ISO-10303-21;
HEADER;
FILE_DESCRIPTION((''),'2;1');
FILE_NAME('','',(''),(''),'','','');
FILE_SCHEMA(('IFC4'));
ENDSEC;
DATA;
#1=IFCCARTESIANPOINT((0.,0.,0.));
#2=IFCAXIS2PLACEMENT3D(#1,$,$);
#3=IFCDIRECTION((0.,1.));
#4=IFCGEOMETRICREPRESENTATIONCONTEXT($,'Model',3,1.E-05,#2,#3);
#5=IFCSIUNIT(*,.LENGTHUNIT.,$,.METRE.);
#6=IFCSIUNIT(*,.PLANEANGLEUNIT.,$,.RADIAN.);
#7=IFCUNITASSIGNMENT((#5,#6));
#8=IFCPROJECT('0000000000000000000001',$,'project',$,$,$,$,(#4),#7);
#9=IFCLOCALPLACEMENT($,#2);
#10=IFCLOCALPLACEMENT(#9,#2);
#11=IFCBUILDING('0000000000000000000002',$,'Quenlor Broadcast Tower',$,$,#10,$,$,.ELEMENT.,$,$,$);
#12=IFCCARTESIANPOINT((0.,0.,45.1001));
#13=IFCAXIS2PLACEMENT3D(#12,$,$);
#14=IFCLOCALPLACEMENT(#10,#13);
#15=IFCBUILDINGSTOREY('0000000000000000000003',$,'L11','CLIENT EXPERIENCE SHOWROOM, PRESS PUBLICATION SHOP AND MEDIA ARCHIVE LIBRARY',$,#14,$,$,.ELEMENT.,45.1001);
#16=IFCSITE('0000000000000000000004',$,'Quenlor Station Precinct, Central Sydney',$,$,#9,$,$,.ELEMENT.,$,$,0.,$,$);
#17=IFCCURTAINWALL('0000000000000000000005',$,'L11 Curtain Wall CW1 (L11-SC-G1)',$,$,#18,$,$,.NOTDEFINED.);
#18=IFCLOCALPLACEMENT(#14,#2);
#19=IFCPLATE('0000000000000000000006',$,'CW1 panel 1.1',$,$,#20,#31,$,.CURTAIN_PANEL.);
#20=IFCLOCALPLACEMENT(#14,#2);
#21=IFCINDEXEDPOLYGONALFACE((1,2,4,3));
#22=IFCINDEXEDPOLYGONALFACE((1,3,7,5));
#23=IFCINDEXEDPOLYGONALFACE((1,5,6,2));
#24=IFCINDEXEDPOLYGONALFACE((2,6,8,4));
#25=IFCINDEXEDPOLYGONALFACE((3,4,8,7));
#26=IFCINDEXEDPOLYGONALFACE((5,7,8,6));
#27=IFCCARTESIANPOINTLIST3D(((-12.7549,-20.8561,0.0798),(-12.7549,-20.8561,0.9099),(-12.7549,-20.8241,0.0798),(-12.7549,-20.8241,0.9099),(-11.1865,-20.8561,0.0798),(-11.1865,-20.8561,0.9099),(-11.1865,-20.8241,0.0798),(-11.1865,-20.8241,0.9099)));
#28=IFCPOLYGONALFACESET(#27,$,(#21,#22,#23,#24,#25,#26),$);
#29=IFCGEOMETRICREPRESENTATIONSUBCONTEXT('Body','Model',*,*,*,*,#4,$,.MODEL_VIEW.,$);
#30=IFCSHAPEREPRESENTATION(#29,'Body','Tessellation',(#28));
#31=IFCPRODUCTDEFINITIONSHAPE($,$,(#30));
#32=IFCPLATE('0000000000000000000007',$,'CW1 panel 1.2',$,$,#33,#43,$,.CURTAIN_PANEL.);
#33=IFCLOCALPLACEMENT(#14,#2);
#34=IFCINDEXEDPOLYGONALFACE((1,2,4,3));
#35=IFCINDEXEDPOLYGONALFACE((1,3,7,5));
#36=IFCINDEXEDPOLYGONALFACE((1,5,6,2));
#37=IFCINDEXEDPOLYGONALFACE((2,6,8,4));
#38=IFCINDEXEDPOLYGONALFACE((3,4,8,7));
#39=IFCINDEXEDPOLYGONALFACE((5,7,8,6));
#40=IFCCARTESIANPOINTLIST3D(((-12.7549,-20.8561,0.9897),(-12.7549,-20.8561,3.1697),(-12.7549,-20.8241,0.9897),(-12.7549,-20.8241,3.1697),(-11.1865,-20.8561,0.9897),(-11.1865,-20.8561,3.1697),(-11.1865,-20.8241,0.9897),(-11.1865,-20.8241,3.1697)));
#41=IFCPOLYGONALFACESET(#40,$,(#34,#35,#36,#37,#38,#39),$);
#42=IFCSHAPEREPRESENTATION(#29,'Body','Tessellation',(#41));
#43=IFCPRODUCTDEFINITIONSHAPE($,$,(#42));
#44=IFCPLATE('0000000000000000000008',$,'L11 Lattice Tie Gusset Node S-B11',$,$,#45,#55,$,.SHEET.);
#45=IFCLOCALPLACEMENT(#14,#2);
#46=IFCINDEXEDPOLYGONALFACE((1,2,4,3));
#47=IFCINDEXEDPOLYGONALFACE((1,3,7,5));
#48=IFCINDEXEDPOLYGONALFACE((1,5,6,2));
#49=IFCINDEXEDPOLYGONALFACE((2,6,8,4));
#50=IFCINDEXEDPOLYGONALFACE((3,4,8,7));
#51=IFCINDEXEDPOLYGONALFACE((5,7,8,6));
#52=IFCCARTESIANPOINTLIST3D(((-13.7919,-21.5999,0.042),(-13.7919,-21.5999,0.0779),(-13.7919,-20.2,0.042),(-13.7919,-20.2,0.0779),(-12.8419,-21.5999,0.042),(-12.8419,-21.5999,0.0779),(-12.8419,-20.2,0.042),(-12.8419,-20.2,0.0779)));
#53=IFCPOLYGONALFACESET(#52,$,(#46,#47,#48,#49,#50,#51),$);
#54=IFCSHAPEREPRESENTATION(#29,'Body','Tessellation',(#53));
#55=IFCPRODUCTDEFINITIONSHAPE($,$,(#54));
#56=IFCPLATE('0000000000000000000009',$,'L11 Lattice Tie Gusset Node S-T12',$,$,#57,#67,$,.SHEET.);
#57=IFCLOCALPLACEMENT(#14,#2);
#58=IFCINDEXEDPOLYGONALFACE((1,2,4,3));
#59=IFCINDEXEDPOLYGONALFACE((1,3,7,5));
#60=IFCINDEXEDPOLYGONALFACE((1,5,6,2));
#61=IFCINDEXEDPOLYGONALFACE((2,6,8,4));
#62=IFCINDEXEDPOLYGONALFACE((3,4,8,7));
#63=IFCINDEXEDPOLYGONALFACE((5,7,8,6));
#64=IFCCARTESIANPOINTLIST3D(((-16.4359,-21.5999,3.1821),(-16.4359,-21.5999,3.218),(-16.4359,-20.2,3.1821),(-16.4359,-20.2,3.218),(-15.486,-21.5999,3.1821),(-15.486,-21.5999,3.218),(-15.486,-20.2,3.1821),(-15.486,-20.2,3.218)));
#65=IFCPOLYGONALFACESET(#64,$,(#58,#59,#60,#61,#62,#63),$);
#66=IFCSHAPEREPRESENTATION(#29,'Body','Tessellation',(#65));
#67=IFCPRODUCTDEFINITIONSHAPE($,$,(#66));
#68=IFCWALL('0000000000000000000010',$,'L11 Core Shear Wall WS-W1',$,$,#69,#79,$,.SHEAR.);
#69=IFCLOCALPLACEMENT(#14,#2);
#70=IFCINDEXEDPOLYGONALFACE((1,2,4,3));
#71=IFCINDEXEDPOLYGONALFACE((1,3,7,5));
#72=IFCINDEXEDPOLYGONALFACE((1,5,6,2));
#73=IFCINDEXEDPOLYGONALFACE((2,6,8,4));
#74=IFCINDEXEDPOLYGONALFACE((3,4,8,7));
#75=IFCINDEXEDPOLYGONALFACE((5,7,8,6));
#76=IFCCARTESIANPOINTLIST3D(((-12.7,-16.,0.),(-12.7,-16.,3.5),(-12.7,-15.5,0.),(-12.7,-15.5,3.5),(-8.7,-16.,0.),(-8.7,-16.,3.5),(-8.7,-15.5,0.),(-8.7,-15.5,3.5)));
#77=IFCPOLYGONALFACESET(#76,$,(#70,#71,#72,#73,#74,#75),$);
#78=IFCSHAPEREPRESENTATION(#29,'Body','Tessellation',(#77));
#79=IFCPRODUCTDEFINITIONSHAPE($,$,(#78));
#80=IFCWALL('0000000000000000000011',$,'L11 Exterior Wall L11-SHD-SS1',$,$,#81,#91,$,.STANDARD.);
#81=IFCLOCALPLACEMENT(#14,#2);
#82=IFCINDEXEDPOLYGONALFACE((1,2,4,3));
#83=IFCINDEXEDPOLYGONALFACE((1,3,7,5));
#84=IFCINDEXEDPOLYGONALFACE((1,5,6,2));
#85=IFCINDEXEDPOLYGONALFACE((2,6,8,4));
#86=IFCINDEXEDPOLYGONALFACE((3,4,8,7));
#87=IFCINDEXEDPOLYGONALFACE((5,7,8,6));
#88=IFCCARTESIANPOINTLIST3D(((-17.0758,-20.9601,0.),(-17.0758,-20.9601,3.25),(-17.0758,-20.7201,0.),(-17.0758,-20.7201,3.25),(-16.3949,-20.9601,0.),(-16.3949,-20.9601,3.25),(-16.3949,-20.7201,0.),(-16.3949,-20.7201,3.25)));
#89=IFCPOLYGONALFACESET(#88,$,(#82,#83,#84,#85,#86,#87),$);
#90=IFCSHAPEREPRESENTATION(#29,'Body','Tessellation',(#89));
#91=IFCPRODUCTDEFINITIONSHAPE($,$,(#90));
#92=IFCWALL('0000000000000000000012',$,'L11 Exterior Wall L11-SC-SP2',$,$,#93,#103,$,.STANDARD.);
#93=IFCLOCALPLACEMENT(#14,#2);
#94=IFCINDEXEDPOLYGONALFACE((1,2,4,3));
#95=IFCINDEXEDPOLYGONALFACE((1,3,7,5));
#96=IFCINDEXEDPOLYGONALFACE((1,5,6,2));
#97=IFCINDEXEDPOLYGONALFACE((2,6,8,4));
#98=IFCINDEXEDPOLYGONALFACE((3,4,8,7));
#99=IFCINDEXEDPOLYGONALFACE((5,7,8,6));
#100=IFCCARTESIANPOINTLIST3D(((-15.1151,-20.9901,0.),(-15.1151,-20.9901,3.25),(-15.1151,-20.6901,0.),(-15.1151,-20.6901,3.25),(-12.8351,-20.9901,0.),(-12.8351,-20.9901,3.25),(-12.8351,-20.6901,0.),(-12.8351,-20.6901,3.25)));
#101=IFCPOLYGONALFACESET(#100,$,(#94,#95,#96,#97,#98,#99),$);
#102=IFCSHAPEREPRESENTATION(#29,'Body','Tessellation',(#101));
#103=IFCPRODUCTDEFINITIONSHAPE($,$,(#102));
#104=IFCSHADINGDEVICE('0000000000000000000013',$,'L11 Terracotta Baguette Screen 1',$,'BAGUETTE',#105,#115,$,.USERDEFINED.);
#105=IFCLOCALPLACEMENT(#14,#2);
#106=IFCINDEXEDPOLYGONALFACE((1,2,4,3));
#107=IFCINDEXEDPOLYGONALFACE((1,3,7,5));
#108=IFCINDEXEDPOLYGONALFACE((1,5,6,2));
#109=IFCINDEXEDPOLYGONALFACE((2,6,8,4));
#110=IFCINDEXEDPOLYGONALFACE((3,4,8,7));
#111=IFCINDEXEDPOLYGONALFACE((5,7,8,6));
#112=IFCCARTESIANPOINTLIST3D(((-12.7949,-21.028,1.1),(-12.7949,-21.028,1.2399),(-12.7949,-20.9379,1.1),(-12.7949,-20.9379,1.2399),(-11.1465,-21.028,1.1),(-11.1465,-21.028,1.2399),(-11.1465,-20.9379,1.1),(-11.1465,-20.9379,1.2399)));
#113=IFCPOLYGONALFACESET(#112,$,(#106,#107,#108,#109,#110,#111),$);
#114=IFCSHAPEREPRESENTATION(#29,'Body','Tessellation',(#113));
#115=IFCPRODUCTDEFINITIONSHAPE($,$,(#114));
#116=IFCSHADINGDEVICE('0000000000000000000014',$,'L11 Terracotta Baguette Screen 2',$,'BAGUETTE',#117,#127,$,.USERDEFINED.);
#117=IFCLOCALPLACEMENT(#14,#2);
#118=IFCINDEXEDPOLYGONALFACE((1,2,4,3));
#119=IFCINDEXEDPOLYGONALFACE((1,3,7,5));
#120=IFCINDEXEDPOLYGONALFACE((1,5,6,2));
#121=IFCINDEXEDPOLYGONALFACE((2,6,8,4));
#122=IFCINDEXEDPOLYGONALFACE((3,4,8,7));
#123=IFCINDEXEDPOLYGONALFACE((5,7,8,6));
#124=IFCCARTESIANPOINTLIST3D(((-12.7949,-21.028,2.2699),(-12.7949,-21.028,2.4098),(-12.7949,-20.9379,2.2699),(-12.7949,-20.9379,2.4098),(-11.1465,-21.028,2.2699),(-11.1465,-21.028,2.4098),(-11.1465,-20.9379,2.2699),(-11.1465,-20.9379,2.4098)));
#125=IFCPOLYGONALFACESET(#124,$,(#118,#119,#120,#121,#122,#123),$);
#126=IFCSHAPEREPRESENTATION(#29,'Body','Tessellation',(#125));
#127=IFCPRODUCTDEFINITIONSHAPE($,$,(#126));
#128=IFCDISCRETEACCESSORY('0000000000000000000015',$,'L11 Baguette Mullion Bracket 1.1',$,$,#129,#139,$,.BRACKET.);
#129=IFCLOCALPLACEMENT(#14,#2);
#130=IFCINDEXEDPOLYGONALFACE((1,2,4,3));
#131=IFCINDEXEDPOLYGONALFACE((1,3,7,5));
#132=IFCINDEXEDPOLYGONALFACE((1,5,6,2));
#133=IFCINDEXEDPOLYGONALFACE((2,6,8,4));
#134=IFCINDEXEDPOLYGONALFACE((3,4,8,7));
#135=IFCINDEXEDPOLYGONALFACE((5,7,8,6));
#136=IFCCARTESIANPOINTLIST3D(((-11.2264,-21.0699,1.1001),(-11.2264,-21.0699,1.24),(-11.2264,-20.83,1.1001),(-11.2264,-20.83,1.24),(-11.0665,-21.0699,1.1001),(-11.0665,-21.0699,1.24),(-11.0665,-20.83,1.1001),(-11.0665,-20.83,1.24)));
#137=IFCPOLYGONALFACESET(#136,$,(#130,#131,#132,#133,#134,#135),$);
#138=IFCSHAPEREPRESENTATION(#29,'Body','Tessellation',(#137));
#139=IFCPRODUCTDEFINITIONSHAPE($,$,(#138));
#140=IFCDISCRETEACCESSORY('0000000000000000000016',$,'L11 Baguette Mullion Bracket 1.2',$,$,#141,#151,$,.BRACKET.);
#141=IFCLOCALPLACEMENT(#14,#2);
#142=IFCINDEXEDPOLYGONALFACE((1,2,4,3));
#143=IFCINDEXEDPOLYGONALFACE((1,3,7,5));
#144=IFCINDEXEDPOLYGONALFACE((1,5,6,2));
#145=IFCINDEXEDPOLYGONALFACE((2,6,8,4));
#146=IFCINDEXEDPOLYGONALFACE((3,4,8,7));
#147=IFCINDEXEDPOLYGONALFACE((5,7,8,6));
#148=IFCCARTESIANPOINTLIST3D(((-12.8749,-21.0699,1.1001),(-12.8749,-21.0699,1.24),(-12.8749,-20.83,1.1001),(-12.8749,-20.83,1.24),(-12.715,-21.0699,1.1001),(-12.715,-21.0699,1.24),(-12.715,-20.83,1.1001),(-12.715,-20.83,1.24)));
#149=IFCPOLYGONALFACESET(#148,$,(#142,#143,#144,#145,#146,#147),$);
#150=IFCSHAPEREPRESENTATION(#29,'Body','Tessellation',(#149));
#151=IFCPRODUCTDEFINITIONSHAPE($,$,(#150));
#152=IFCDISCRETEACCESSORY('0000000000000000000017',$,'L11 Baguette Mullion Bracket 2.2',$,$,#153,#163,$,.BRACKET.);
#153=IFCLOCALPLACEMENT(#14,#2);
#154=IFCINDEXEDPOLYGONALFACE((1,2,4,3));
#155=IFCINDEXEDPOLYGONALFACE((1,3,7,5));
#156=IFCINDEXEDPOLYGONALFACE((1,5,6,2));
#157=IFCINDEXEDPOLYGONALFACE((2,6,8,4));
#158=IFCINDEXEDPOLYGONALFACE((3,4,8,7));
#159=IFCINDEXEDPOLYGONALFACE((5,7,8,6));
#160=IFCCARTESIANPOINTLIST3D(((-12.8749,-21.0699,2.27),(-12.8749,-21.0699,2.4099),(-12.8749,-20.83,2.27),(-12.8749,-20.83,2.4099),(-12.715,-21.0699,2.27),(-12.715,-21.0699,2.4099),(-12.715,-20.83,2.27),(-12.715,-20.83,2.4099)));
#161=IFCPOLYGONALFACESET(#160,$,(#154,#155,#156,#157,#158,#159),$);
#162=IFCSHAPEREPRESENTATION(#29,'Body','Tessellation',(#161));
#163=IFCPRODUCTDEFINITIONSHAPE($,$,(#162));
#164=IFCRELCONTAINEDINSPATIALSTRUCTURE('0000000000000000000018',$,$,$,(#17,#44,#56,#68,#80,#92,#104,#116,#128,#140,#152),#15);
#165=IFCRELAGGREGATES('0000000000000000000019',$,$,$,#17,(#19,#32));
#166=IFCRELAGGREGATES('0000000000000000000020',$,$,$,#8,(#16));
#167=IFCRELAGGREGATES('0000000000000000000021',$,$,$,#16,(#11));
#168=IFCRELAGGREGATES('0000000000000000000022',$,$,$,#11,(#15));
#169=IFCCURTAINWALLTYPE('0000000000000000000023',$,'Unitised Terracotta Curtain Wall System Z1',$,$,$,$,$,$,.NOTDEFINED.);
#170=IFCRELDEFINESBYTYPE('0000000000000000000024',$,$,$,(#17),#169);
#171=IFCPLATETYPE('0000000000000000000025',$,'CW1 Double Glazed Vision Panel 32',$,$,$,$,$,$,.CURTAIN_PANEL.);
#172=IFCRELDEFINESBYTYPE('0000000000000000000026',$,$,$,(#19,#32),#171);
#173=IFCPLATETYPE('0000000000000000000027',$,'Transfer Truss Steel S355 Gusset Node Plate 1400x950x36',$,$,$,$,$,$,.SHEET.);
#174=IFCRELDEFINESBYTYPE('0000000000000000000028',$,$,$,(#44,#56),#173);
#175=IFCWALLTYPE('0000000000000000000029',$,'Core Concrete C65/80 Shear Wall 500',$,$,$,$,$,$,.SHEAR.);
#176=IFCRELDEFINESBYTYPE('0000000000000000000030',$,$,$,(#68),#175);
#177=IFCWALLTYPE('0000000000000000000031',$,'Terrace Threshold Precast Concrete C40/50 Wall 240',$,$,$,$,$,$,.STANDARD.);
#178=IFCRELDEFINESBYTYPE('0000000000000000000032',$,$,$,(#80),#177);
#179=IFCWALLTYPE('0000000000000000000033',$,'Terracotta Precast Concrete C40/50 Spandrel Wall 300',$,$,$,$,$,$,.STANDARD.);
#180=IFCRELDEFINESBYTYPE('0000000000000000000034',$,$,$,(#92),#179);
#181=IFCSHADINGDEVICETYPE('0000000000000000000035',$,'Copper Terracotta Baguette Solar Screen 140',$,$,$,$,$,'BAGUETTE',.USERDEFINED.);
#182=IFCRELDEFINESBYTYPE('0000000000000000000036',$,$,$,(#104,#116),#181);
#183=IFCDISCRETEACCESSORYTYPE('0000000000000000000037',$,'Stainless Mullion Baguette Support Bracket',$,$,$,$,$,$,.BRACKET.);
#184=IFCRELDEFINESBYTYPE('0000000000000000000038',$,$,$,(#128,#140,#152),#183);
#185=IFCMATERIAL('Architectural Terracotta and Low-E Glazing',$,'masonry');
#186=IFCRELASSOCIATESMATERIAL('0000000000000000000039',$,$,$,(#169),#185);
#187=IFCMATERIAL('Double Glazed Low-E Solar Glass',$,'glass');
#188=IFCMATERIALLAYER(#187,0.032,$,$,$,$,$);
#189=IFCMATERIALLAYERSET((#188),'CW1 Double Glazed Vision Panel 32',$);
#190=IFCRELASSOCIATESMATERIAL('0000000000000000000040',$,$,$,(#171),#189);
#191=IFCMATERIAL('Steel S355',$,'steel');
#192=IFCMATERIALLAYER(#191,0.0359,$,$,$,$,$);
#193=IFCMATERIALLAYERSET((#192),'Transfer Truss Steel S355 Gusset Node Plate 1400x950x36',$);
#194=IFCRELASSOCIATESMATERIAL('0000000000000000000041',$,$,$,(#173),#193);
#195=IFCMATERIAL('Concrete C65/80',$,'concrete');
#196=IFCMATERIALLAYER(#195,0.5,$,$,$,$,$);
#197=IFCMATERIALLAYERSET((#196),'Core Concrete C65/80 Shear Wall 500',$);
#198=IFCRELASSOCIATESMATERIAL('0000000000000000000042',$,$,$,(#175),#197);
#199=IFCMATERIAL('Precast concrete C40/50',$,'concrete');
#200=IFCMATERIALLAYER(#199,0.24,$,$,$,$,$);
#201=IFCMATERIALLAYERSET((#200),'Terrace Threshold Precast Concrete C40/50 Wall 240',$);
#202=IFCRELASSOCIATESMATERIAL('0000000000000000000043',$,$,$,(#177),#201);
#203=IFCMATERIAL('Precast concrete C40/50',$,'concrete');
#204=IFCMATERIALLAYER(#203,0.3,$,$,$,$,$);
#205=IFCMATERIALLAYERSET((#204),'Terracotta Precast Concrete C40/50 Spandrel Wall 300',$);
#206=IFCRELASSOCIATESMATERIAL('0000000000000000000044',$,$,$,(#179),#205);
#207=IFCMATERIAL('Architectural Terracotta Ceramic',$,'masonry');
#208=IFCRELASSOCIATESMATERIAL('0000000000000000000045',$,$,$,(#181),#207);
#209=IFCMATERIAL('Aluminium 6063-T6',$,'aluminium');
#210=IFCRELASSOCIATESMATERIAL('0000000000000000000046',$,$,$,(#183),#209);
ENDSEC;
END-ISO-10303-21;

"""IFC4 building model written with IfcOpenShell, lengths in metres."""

from ifc_helpers import new_model, si_unit, direction, frame, frame_2d, origin, origin_2d, place, context, subcontext, project, spatial, rectangle, extrude, material, layer, layer_set, material_profile, profile_set, type_object, element, aggregate, save


model = new_model("IFC4")

# Units and contexts
model_context = context("Model", 3, precision=1e-05, world=origin(), true_north=direction((0.0, 1.0)))
body_context = subcontext(model_context, "Body", "Model", "MODEL_VIEW")
ifc_project = project(units=[si_unit("LENGTHUNIT", "METRE"), si_unit("PLANEANGLEUNIT", "RADIAN")], contexts=[model_context])

# Site, building, storey
site_placement = place(None, origin())
site = spatial("IfcSite", under=ifc_project, at=site_placement, Name="Quenlor Station Precinct, Central Sydney", CompositionType="ELEMENT", RefElevation=0.0)
building_placement = place(site_placement, origin())
building = spatial("IfcBuilding", under=site, at=building_placement, Name="Quenlor Broadcast Tower", CompositionType="ELEMENT")
storey_placement = place(building_placement, frame((0.0, 0.0, 45.1001)))
storey = spatial("IfcBuildingStorey", under=building, at=storey_placement, Name="L11", Description="CLIENT EXPERIENCE SHOWROOM, PRESS PUBLICATION SHOP AND MEDIA ARCHIVE LIBRARY", CompositionType="ELEMENT", Elevation=45.1001)

# Curtain wall
ifc_material_1 = material(Name="Architectural Terracotta and Low-E Glazing", Category="masonry")
curtain_wall_type = type_object("IfcCurtainWallType", Name="Unitised Terracotta Curtain Wall System Z1", PredefinedType="NOTDEFINED", material=ifc_material_1)
curtain_wall_placement = place(storey_placement, origin())
curtain_wall = element("IfcCurtainWall", 1, at=curtain_wall_placement, inside=storey, type_object=curtain_wall_type, Name="L11 Curtain Wall CW1 (L11-SC-G1)", PredefinedType="NOTDEFINED")

# Plates
ifc_material_2 = material(Name="Double Glazed Low-E Solar Glass", Category="glass")
ifc_layer_1 = layer(ifc_material_2, 0.032)
ifc_layer_set_1 = layer_set([ifc_layer_1], Name="CW1 Double Glazed Vision Panel 32")
plate_type_1 = type_object("IfcPlateType", Name="CW1 Double Glazed Vision Panel 32", PredefinedType="CURTAIN_PANEL", material=ifc_layer_set_1)
plate_1_placement = place(storey_placement, frame((-11.9707, -20.8401, 0.0798), z_axis=(0.0, 0.0, 1.0), x_axis=(-1.0, 0.0, 0.0)))
plate_1 = element("IfcPlate", 2, at=plate_1_placement, type_object=plate_type_1, Name="CW1 panel 1.1", PredefinedType="CURTAIN_PANEL", context=body_context, shape_type="SweptSolid", body=[
    extrude(rectangle(XDim=1.5684, YDim=0.032, at=origin_2d()), origin(), (0.0, 0.0, 1.0), 0.8301),
])
plate_2_placement = place(storey_placement, frame((-11.9707, -20.8401, 0.9897), z_axis=(0.0, 0.0, 1.0), x_axis=(-1.0, 0.0, 0.0)))
plate_2 = element("IfcPlate", 3, at=plate_2_placement, type_object=plate_type_1, Name="CW1 panel 1.2", PredefinedType="CURTAIN_PANEL", context=body_context, shape_type="SweptSolid", body=[
    extrude(rectangle(XDim=1.5684, YDim=0.032, at=origin_2d()), origin(), (0.0, 0.0, 1.0), 2.1799),
])
aggregate(curtain_wall, [plate_1, plate_2])

# Plates
ifc_material_3 = material(Name="Steel S355", Category="steel")
ifc_layer_2 = layer(ifc_material_3, 0.0359)
ifc_layer_set_2 = layer_set([ifc_layer_2], Name="Transfer Truss Steel S355 Gusset Node Plate 1400x950x36")
plate_type_2 = type_object("IfcPlateType", Name="Transfer Truss Steel S355 Gusset Node Plate 1400x950x36", PredefinedType="SHEET", material=ifc_layer_set_2)
for number, where, z_axis, x_axis, name in (
    (4, (-13.3169, -20.8999, 0.042), (0.0, 0.0, 1.0), (0.0, -1.0, 0.0), "L11 Lattice Tie Gusset Node S-B11"),
    (5, (-15.9609, -20.8999, 3.1821), (0.0, 0.0, 1.0), (0.0, -1.0, 0.0), "L11 Lattice Tie Gusset Node S-T12"),
):
    element("IfcPlate", number, at=place(storey_placement, frame(where, z_axis=z_axis, x_axis=x_axis)), inside=storey, type_object=plate_type_2, Name=name, PredefinedType="SHEET", context=body_context, shape_type="SweptSolid", body=[
        extrude(rectangle(XDim=1.3999, YDim=0.95, at=origin_2d()), origin(), (0.0, 0.0, 1.0), 0.0359),
    ])

# Walls
ifc_material_4 = material(Name="Concrete C65/80", Category="concrete")
ifc_layer_3 = layer(ifc_material_4, 0.5)
ifc_layer_set_3 = layer_set([ifc_layer_3], Name="Core Concrete C65/80 Shear Wall 500")
wall_type_1 = type_object("IfcWallType", Name="Core Concrete C65/80 Shear Wall 500", PredefinedType="SHEAR", material=ifc_layer_set_3)
wall_1_placement = place(storey_placement, frame((-12.7, -15.75, 0.0), z_axis=(0.0, 0.0, 1.0), x_axis=(1.0, 0.0, 0.0)))
element("IfcWall", 6, at=wall_1_placement, inside=storey, type_object=wall_type_1, Name="L11 Core Shear Wall WS-W1", PredefinedType="SHEAR", context=body_context, shape_type="SweptSolid", body=[
    extrude(rectangle(XDim=4.0, YDim=0.5, at=frame_2d((2.0, 0.0))), origin(), (0.0, 0.0, 1.0), 3.5),
])
ifc_material_5 = material(Name="Precast concrete C40/50", Category="concrete")
ifc_layer_4 = layer(ifc_material_5, 0.24)
ifc_layer_set_4 = layer_set([ifc_layer_4], Name="Terrace Threshold Precast Concrete C40/50 Wall 240")
wall_type_2 = type_object("IfcWallType", Name="Terrace Threshold Precast Concrete C40/50 Wall 240", PredefinedType="STANDARD", material=ifc_layer_set_4)
wall_2_placement = place(storey_placement, frame((-16.395, -20.8401, 0.0), z_axis=(0.0, 0.0, 1.0), x_axis=(-1.0, 0.0, 0.0)))
element("IfcWall", 7, at=wall_2_placement, inside=storey, type_object=wall_type_2, Name="L11 Exterior Wall L11-SHD-SS1", PredefinedType="STANDARD", context=body_context, shape_type="SweptSolid", body=[
    extrude(rectangle(XDim=0.6809, YDim=0.24, at=frame_2d((0.3403, 0.0))), origin(), (0.0, 0.0, 1.0), 3.25),
])
ifc_material_6 = material(Name="Precast concrete C40/50", Category="concrete")
ifc_layer_5 = layer(ifc_material_6, 0.3)
ifc_layer_set_5 = layer_set([ifc_layer_5], Name="Terracotta Precast Concrete C40/50 Spandrel Wall 300")
wall_type_3 = type_object("IfcWallType", Name="Terracotta Precast Concrete C40/50 Spandrel Wall 300", PredefinedType="STANDARD", material=ifc_layer_set_5)
wall_3_placement = place(storey_placement, frame((-12.835, -20.8401, 0.0), z_axis=(0.0, 0.0, 1.0), x_axis=(-1.0, 0.0, 0.0)))
element("IfcWall", 8, at=wall_3_placement, inside=storey, type_object=wall_type_3, Name="L11 Exterior Wall L11-SC-SP2", PredefinedType="STANDARD", context=body_context, shape_type="SweptSolid", body=[
    extrude(rectangle(XDim=2.28, YDim=0.3, at=frame_2d((1.1401, 0.0))), origin(), (0.0, 0.0, 1.0), 3.25),
])

# Shading devices
ifc_material_7 = material(Name="Architectural Terracotta Ceramic", Category="masonry")
ifc_material_profile_1 = material_profile(ifc_material_7, rectangle(XDim=0.0901, YDim=0.1399, at=origin_2d()))
ifc_profile_set_1 = profile_set([ifc_material_profile_1], Name="Architectural Terracotta Ceramic BAG90x140")
shading_device_type = type_object("IfcShadingDeviceType", Name="Copper Terracotta Baguette Solar Screen 140", ElementType="BAGUETTE", PredefinedType="USERDEFINED", material=ifc_profile_set_1)
for number, where, z_axis, x_axis, name in (
    (9, (-11.1465, -20.9829, 1.1699), (-1.0, 0.0, 0.0), (0.0, -1.0, 0.0), "L11 Terracotta Baguette Screen 1"),
    (10, (-11.1465, -20.9829, 2.3398), (-1.0, 0.0, 0.0), (0.0, -1.0, 0.0), "L11 Terracotta Baguette Screen 2"),
):
    element("IfcShadingDevice", number, at=place(storey_placement, frame(where, z_axis=z_axis, x_axis=x_axis)), inside=storey, type_object=shading_device_type, Name=name, ObjectType="BAGUETTE", PredefinedType="USERDEFINED", context=body_context, shape_type="SweptSolid", body=[
        extrude(rectangle(XDim=0.0901, YDim=0.1399, at=origin_2d()), origin(), (0.0, 0.0, 1.0), 1.6484),
    ])

# Discrete accessories
ifc_material_8 = material(Name="Aluminium 6063-T6", Category="aluminium")
discrete_accessory_type = type_object("IfcDiscreteAccessoryType", Name="Stainless Mullion Baguette Support Bracket", PredefinedType="BRACKET", material=ifc_material_8)
for number, where, z_axis, x_axis, name in (
    (11, (-11.1465, -20.95, 1.1001), (0.0, 0.0, 1.0), (-1.0, 0.0, 0.0), "L11 Baguette Mullion Bracket 1.1"),
    (12, (-12.7949, -20.95, 1.1001), (0.0, 0.0, 1.0), (-1.0, 0.0, 0.0), "L11 Baguette Mullion Bracket 1.2"),
    (13, (-12.7949, -20.95, 2.27), (0.0, 0.0, 1.0), (-1.0, 0.0, 0.0), "L11 Baguette Mullion Bracket 2.2"),
):
    element("IfcDiscreteAccessory", number, at=place(storey_placement, frame(where, z_axis=z_axis, x_axis=x_axis)), inside=storey, type_object=discrete_accessory_type, Name=name, PredefinedType="BRACKET", context=body_context, shape_type="SweptSolid", body=[
        extrude(rectangle(XDim=0.1599, YDim=0.24, at=origin_2d()), origin(), (0.0, 0.0, 1.0), 0.1399),
    ])

save(model, "model.ifc")
